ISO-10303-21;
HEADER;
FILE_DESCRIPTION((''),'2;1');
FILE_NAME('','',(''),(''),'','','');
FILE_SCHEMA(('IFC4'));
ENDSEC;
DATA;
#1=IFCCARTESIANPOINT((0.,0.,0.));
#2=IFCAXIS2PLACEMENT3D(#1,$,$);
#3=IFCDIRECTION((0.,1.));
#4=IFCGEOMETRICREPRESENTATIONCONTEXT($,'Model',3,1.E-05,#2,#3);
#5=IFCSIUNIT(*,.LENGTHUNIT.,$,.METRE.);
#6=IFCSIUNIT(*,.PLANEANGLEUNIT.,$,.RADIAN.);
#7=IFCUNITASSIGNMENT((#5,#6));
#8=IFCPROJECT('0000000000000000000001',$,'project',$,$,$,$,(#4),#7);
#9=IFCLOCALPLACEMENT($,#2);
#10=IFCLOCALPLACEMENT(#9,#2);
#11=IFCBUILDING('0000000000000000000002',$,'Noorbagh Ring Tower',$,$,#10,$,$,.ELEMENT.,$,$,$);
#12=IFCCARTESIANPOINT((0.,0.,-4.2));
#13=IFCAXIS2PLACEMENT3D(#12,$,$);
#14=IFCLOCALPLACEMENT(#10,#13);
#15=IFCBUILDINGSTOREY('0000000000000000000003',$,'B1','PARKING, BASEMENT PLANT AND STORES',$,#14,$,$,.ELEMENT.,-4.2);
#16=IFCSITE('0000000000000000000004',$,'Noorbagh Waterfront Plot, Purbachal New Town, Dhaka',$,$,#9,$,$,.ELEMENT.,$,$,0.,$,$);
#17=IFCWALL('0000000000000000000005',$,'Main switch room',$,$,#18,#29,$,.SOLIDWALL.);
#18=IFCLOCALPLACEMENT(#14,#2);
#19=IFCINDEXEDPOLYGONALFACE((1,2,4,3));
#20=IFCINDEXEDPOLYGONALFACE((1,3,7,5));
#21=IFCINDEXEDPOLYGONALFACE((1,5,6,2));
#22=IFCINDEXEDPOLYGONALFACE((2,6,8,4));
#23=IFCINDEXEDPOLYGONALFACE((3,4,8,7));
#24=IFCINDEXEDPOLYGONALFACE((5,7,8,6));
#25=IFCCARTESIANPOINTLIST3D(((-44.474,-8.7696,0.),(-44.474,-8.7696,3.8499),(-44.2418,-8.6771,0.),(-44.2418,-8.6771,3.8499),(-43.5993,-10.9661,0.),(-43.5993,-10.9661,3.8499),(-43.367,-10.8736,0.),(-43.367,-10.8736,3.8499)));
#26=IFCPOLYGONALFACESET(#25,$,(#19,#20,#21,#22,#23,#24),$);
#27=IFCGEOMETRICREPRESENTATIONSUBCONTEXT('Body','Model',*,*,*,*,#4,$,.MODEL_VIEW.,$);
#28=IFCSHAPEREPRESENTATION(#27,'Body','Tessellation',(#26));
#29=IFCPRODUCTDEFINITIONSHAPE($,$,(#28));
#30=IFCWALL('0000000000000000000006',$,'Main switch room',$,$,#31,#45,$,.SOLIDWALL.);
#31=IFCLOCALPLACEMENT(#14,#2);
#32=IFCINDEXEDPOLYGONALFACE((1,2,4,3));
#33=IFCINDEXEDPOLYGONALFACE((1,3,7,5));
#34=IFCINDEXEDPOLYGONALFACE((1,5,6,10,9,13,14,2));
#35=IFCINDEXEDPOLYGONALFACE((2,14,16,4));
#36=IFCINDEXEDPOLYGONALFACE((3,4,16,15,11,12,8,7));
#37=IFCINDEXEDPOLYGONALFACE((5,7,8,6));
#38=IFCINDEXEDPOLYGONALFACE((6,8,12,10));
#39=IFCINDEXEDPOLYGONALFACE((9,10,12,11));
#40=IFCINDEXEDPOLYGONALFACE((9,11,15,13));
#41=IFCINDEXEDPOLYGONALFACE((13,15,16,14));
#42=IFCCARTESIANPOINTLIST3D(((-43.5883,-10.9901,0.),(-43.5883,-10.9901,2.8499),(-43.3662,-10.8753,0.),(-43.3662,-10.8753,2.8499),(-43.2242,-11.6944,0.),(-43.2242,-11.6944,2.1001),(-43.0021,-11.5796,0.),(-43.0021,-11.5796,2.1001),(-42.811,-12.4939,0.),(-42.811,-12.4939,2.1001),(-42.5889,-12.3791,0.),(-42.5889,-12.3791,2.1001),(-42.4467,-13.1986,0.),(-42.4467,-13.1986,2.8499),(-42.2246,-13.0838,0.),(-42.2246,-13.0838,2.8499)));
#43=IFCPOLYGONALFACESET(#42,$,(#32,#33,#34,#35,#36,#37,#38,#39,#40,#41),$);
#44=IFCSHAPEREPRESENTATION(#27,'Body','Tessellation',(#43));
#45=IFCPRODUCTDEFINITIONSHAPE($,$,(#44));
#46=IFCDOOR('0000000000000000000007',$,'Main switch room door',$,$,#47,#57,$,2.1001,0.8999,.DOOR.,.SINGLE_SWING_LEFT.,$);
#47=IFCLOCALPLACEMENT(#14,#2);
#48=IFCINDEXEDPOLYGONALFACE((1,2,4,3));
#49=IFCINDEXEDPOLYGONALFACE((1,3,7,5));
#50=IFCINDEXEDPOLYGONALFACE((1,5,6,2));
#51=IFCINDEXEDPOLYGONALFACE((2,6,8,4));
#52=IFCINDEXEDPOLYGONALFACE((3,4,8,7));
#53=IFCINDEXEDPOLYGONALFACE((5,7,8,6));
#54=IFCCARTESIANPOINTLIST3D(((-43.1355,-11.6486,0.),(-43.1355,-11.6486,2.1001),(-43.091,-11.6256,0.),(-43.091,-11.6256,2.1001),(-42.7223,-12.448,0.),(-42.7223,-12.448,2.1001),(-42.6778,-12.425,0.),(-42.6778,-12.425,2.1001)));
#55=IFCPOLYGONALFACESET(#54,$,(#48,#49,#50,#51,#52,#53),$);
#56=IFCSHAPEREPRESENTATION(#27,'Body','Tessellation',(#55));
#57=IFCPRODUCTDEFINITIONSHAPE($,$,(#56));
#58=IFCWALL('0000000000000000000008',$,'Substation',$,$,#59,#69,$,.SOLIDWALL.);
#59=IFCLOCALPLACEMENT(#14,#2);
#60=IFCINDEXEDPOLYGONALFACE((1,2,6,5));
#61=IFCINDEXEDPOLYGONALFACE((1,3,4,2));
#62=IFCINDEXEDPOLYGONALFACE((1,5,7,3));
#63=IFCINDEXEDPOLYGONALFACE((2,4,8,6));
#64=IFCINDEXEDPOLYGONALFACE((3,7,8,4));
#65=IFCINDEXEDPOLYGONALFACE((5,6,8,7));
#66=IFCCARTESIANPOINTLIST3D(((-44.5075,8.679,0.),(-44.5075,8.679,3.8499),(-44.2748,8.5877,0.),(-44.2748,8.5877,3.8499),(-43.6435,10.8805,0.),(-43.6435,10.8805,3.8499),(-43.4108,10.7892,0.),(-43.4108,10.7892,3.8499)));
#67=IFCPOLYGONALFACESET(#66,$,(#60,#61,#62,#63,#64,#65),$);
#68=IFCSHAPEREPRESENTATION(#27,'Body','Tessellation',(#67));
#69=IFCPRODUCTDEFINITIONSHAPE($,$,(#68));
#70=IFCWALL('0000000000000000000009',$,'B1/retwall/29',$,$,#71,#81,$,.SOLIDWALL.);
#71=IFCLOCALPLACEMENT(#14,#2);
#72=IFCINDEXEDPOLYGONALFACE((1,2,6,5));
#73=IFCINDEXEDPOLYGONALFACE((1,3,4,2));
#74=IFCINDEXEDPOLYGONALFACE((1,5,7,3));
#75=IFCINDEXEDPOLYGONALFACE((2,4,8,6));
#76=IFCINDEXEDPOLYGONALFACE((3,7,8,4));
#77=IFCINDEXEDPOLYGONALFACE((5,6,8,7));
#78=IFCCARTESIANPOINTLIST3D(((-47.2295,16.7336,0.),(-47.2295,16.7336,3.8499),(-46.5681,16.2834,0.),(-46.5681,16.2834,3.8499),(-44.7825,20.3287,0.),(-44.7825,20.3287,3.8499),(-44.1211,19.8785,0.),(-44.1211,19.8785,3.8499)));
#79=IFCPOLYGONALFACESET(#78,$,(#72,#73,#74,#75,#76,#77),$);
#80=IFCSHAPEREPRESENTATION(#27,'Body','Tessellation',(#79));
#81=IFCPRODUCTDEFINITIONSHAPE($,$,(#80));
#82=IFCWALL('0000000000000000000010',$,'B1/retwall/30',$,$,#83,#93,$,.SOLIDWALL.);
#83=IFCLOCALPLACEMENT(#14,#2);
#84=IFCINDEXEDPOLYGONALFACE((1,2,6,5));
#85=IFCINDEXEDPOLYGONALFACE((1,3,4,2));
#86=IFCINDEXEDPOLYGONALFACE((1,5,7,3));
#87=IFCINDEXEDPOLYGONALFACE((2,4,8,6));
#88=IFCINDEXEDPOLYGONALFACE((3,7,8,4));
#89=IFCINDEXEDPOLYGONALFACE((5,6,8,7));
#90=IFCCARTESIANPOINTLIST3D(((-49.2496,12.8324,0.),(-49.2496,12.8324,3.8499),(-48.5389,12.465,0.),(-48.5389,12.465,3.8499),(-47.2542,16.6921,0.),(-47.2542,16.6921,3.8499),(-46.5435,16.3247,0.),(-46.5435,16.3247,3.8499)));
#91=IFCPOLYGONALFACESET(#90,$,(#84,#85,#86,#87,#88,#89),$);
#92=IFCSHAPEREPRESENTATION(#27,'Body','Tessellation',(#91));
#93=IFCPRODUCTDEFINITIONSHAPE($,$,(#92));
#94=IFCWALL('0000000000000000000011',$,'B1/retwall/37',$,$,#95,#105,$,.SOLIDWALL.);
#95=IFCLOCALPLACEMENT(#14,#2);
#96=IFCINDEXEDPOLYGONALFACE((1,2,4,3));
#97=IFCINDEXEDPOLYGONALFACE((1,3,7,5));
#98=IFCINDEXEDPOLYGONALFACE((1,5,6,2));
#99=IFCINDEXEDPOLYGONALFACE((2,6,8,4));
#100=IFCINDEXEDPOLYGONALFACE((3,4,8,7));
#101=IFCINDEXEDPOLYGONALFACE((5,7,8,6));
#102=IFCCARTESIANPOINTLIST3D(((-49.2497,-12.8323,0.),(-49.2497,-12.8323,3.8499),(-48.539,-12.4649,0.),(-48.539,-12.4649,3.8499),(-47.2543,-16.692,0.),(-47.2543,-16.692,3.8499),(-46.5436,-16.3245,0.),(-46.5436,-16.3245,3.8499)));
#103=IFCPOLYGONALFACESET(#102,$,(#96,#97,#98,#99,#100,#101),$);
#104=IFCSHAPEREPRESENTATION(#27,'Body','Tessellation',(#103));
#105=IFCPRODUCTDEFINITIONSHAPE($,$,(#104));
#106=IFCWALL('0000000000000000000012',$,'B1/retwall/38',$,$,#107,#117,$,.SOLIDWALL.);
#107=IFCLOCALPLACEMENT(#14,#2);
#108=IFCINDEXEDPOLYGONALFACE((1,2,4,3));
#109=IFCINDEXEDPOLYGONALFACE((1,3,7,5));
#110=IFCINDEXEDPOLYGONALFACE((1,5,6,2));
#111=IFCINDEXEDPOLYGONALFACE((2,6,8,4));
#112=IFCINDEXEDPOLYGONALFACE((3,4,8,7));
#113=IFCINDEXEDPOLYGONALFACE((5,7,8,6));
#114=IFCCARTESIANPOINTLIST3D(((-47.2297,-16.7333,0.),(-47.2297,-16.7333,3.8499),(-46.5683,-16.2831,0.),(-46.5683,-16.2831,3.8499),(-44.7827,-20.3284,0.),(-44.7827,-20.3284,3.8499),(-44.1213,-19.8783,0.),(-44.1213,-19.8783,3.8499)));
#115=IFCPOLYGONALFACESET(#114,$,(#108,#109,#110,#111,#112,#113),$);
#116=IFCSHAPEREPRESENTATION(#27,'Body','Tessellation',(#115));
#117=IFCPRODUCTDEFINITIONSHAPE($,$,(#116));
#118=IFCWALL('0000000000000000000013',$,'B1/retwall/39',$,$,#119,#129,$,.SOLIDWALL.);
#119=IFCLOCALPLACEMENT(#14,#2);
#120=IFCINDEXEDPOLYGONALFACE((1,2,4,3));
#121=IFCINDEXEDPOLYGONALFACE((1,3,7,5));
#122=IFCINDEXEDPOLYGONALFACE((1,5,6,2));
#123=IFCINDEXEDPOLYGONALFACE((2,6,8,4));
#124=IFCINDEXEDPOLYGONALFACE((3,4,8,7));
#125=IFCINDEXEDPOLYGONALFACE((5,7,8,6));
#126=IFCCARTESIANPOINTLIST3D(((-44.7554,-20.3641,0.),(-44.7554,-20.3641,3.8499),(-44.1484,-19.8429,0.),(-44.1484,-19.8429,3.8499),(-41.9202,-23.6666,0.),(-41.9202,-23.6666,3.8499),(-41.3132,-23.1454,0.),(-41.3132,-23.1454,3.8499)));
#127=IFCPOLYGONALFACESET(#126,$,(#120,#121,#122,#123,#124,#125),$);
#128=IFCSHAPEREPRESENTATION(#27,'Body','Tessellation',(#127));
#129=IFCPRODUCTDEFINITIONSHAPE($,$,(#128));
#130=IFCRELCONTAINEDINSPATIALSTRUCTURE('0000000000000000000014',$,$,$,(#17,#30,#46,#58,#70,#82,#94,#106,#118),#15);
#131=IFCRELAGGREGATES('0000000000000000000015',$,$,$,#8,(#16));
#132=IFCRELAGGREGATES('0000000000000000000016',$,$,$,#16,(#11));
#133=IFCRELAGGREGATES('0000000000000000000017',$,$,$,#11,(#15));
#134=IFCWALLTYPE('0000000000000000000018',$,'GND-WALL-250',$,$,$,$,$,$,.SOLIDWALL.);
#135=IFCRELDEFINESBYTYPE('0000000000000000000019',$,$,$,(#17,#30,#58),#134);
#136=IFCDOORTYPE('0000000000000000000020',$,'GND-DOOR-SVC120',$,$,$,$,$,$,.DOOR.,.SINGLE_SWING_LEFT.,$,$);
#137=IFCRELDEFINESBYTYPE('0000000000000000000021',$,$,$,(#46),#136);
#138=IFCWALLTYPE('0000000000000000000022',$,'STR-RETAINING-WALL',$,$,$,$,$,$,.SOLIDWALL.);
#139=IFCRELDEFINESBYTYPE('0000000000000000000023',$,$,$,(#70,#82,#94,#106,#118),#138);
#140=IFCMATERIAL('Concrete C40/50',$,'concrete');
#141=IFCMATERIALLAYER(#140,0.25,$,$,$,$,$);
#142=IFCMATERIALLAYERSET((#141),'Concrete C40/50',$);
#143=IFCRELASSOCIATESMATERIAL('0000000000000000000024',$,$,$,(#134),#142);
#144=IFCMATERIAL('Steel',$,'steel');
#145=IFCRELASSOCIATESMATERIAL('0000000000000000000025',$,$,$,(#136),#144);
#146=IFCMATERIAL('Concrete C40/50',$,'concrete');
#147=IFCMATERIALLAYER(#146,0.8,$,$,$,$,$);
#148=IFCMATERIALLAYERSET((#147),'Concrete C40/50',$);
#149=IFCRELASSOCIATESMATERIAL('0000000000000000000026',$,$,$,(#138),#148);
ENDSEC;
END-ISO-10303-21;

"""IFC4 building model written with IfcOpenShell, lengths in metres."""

from ifc_helpers import new_model, si_unit, direction, frame, frame_2d, origin, place, context, subcontext, project, spatial, rectangle, extrude, material, layer, layer_set, type_object, element, fill, save


model = new_model("IFC4")

# Units and contexts
model_context = context("Model", 3, precision=1e-05, world=origin(), true_north=direction((0.0, 1.0)))
body_context = subcontext(model_context, "Body", "Model", "MODEL_VIEW")
ifc_project = project(units=[si_unit("LENGTHUNIT", "METRE"), si_unit("PLANEANGLEUNIT", "RADIAN")], contexts=[model_context])

# Site, building, storey
site_placement = place(None, origin())
site = spatial("IfcSite", under=ifc_project, at=site_placement, Name="Noorbagh Waterfront Plot, Purbachal New Town, Dhaka", CompositionType="ELEMENT", RefElevation=0.0)
building_placement = place(site_placement, origin())
building = spatial("IfcBuilding", under=site, at=building_placement, Name="Noorbagh Ring Tower", CompositionType="ELEMENT")
storey_placement = place(building_placement, frame((0.0, 0.0, -4.2)))
storey = spatial("IfcBuildingStorey", under=building, at=storey_placement, Name="B1", Description="PARKING, BASEMENT PLANT AND STORES", CompositionType="ELEMENT", Elevation=-4.2)

# Shared definitions
ifc_material_1 = material(Name="Concrete C40/50", Category="concrete")
ifc_layer_1 = layer(ifc_material_1, 0.25)
ifc_layer_set_1 = layer_set([ifc_layer_1], Name="Concrete C40/50")
wall_type_1 = type_object("IfcWallType", Name="GND-WALL-250", PredefinedType="SOLIDWALL", material=ifc_layer_set_1)

# Shared definitions
ifc_material_2 = material(Name="Steel", Category="steel")
door_type = type_object("IfcDoorType", Name="GND-DOOR-SVC120", OperationType="SINGLE_SWING_LEFT", PredefinedType="DOOR", material=ifc_material_2)

# Wall
wall_1_placement = place(storey_placement, frame((-44.3579, -8.7234, 0.0), z_axis=(0.0, 0.0, 1.0), x_axis=(0.369984, -0.929038, 0.0)))
element("IfcWall", 1, at=wall_1_placement, inside=storey, type_object=wall_type_1, Name="Main switch room", PredefinedType="SOLIDWALL", context=body_context, shape_type="SweptSolid", body=[
    extrude(rectangle(XDim=2.3643, YDim=0.25, at=frame_2d((1.1821, 0.0))), origin(), (0.0, 0.0, 1.0), 3.8499),
])

# Wall, opening, door
wall_2_placement = place(storey_placement, frame((-43.4773, -10.9326, 0.0), z_axis=(0.0, 0.0, 1.0), x_axis=(0.459193, -0.888336, 0.0)))
wall_2 = element("IfcWall", 2, at=wall_2_placement, inside=storey, type_object=wall_type_1, Name="Main switch room", PredefinedType="SOLIDWALL", context=body_context, shape_type="SweptSolid", body=[
    extrude(rectangle(XDim=2.4861, YDim=0.25, at=frame_2d((1.2432, 0.0))), origin(), (0.0, 0.0, 1.0), 2.8499),
])
opening_1_placement = place(wall_2_placement, frame((0.793, 0.0, 0.0)))
opening_1 = element("IfcOpeningElement", 3, at=opening_1_placement, cuts=wall_2, PredefinedType="OPENING", context=body_context, shape_type="SweptSolid", body=[
    extrude(rectangle(XDim=0.8999, YDim=2.1001, at=frame_2d((0.45, 1.05))), frame((0.0, 0.135, 0.0), z_axis=(0.0, -1.0, 0.0), x_axis=(1.0, 0.0, 0.0)), (0.0, 0.0, 1.0), 0.27),
])
door_1_placement = place(opening_1_placement, origin())
door_1 = element("IfcDoor", 4, at=door_1_placement, inside=storey, type_object=door_type, Name="Main switch room door", OperationType="SINGLE_SWING_LEFT", OverallHeight=2.1001, OverallWidth=0.8999, PredefinedType="DOOR", context=body_context, shape_type="SweptSolid", body=[
    extrude(rectangle(XDim=0.8999, YDim=2.1001, at=frame_2d((0.45, 1.05))), frame((0.0, 0.0249, 0.0), z_axis=(0.0, -1.0, 0.0), x_axis=(1.0, 0.0, 0.0)), (0.0, 0.0, 1.0), 0.05),
])
fill(opening_1, door_1)

# Walls
wall_3_placement = place(storey_placement, frame((-43.5271, 10.835, 0.0), z_axis=(0.0, 0.0, 1.0), x_axis=(-0.365349, -0.930871, 0.0)))
element("IfcWall", 5, at=wall_3_placement, inside=storey, type_object=wall_type_1, Name="Substation", PredefinedType="SOLIDWALL", context=body_context, shape_type="SweptSolid", body=[
    extrude(rectangle(XDim=2.365, YDim=0.25, at=frame_2d((1.1826, 0.0))), origin(), (0.0, 0.0, 1.0), 3.8499),
])
ifc_material_3 = material(Name="Concrete C40/50", Category="concrete")
ifc_layer_2 = layer(ifc_material_3, 0.8)
ifc_layer_set_2 = layer_set([ifc_layer_2], Name="Concrete C40/50")
wall_type_2 = type_object("IfcWallType", Name="STR-RETAINING-WALL", PredefinedType="SOLIDWALL", material=ifc_layer_set_2)
wall_4_placement = place(storey_placement, frame((-44.4519, 20.1035, 0.0), z_axis=(0.0, 0.0, 1.0), x_axis=(-0.562668, -0.826683, 0.0)))
element("IfcWall", 6, at=wall_4_placement, inside=storey, type_object=wall_type_2, Name="B1/retwall/29", PredefinedType="SOLIDWALL", context=body_context, shape_type="SweptSolid", body=[
    extrude(rectangle(XDim=4.3489, YDim=0.8, at=frame_2d((2.1743, 0.0))), origin(), (0.0, 0.0, 1.0), 3.8499),
])
for number, where, z_axis, x_axis, name in (
    (7, (-46.8989, 16.5083, 0.0), (0.0, 0.0, 1.0), (-0.459243, -0.888311, 0.0), "B1/retwall/30"),
    (8, (-48.8943, -12.6487, 0.0), (0.0, 0.0, 1.0), (0.459243, -0.888311, 0.0), "B1/retwall/37"),
):
    element("IfcWall", number, at=place(storey_placement, frame(where, z_axis=z_axis, x_axis=x_axis)), inside=storey, type_object=wall_type_2, Name=name, PredefinedType="SOLIDWALL", context=body_context, shape_type="SweptSolid", body=[
        extrude(rectangle(XDim=4.345, YDim=0.8, at=frame_2d((2.1724, 0.0))), origin(), (0.0, 0.0, 1.0), 3.8499),
    ])
wall_5_placement = place(storey_placement, frame((-46.8989, -16.5083, 0.0), z_axis=(0.0, 0.0, 1.0), x_axis=(0.562668, -0.826683, 0.0)))
element("IfcWall", 9, at=wall_5_placement, inside=storey, type_object=wall_type_2, Name="B1/retwall/38", PredefinedType="SOLIDWALL", context=body_context, shape_type="SweptSolid", body=[
    extrude(rectangle(XDim=4.3489, YDim=0.8, at=frame_2d((2.1743, 0.0))), origin(), (0.0, 0.0, 1.0), 3.8499),
])
wall_6_placement = place(storey_placement, frame((-44.4519, -20.1035, 0.0), z_axis=(0.0, 0.0, 1.0), x_axis=(0.651387, -0.758746, 0.0)))
element("IfcWall", 10, at=wall_6_placement, inside=storey, type_object=wall_type_2, Name="B1/retwall/39", PredefinedType="SOLIDWALL", context=body_context, shape_type="SweptSolid", body=[
    extrude(rectangle(XDim=4.3525, YDim=0.8, at=frame_2d((2.1763, 0.0))), origin(), (0.0, 0.0, 1.0), 3.8499),
])

save(model, "model.ifc")
